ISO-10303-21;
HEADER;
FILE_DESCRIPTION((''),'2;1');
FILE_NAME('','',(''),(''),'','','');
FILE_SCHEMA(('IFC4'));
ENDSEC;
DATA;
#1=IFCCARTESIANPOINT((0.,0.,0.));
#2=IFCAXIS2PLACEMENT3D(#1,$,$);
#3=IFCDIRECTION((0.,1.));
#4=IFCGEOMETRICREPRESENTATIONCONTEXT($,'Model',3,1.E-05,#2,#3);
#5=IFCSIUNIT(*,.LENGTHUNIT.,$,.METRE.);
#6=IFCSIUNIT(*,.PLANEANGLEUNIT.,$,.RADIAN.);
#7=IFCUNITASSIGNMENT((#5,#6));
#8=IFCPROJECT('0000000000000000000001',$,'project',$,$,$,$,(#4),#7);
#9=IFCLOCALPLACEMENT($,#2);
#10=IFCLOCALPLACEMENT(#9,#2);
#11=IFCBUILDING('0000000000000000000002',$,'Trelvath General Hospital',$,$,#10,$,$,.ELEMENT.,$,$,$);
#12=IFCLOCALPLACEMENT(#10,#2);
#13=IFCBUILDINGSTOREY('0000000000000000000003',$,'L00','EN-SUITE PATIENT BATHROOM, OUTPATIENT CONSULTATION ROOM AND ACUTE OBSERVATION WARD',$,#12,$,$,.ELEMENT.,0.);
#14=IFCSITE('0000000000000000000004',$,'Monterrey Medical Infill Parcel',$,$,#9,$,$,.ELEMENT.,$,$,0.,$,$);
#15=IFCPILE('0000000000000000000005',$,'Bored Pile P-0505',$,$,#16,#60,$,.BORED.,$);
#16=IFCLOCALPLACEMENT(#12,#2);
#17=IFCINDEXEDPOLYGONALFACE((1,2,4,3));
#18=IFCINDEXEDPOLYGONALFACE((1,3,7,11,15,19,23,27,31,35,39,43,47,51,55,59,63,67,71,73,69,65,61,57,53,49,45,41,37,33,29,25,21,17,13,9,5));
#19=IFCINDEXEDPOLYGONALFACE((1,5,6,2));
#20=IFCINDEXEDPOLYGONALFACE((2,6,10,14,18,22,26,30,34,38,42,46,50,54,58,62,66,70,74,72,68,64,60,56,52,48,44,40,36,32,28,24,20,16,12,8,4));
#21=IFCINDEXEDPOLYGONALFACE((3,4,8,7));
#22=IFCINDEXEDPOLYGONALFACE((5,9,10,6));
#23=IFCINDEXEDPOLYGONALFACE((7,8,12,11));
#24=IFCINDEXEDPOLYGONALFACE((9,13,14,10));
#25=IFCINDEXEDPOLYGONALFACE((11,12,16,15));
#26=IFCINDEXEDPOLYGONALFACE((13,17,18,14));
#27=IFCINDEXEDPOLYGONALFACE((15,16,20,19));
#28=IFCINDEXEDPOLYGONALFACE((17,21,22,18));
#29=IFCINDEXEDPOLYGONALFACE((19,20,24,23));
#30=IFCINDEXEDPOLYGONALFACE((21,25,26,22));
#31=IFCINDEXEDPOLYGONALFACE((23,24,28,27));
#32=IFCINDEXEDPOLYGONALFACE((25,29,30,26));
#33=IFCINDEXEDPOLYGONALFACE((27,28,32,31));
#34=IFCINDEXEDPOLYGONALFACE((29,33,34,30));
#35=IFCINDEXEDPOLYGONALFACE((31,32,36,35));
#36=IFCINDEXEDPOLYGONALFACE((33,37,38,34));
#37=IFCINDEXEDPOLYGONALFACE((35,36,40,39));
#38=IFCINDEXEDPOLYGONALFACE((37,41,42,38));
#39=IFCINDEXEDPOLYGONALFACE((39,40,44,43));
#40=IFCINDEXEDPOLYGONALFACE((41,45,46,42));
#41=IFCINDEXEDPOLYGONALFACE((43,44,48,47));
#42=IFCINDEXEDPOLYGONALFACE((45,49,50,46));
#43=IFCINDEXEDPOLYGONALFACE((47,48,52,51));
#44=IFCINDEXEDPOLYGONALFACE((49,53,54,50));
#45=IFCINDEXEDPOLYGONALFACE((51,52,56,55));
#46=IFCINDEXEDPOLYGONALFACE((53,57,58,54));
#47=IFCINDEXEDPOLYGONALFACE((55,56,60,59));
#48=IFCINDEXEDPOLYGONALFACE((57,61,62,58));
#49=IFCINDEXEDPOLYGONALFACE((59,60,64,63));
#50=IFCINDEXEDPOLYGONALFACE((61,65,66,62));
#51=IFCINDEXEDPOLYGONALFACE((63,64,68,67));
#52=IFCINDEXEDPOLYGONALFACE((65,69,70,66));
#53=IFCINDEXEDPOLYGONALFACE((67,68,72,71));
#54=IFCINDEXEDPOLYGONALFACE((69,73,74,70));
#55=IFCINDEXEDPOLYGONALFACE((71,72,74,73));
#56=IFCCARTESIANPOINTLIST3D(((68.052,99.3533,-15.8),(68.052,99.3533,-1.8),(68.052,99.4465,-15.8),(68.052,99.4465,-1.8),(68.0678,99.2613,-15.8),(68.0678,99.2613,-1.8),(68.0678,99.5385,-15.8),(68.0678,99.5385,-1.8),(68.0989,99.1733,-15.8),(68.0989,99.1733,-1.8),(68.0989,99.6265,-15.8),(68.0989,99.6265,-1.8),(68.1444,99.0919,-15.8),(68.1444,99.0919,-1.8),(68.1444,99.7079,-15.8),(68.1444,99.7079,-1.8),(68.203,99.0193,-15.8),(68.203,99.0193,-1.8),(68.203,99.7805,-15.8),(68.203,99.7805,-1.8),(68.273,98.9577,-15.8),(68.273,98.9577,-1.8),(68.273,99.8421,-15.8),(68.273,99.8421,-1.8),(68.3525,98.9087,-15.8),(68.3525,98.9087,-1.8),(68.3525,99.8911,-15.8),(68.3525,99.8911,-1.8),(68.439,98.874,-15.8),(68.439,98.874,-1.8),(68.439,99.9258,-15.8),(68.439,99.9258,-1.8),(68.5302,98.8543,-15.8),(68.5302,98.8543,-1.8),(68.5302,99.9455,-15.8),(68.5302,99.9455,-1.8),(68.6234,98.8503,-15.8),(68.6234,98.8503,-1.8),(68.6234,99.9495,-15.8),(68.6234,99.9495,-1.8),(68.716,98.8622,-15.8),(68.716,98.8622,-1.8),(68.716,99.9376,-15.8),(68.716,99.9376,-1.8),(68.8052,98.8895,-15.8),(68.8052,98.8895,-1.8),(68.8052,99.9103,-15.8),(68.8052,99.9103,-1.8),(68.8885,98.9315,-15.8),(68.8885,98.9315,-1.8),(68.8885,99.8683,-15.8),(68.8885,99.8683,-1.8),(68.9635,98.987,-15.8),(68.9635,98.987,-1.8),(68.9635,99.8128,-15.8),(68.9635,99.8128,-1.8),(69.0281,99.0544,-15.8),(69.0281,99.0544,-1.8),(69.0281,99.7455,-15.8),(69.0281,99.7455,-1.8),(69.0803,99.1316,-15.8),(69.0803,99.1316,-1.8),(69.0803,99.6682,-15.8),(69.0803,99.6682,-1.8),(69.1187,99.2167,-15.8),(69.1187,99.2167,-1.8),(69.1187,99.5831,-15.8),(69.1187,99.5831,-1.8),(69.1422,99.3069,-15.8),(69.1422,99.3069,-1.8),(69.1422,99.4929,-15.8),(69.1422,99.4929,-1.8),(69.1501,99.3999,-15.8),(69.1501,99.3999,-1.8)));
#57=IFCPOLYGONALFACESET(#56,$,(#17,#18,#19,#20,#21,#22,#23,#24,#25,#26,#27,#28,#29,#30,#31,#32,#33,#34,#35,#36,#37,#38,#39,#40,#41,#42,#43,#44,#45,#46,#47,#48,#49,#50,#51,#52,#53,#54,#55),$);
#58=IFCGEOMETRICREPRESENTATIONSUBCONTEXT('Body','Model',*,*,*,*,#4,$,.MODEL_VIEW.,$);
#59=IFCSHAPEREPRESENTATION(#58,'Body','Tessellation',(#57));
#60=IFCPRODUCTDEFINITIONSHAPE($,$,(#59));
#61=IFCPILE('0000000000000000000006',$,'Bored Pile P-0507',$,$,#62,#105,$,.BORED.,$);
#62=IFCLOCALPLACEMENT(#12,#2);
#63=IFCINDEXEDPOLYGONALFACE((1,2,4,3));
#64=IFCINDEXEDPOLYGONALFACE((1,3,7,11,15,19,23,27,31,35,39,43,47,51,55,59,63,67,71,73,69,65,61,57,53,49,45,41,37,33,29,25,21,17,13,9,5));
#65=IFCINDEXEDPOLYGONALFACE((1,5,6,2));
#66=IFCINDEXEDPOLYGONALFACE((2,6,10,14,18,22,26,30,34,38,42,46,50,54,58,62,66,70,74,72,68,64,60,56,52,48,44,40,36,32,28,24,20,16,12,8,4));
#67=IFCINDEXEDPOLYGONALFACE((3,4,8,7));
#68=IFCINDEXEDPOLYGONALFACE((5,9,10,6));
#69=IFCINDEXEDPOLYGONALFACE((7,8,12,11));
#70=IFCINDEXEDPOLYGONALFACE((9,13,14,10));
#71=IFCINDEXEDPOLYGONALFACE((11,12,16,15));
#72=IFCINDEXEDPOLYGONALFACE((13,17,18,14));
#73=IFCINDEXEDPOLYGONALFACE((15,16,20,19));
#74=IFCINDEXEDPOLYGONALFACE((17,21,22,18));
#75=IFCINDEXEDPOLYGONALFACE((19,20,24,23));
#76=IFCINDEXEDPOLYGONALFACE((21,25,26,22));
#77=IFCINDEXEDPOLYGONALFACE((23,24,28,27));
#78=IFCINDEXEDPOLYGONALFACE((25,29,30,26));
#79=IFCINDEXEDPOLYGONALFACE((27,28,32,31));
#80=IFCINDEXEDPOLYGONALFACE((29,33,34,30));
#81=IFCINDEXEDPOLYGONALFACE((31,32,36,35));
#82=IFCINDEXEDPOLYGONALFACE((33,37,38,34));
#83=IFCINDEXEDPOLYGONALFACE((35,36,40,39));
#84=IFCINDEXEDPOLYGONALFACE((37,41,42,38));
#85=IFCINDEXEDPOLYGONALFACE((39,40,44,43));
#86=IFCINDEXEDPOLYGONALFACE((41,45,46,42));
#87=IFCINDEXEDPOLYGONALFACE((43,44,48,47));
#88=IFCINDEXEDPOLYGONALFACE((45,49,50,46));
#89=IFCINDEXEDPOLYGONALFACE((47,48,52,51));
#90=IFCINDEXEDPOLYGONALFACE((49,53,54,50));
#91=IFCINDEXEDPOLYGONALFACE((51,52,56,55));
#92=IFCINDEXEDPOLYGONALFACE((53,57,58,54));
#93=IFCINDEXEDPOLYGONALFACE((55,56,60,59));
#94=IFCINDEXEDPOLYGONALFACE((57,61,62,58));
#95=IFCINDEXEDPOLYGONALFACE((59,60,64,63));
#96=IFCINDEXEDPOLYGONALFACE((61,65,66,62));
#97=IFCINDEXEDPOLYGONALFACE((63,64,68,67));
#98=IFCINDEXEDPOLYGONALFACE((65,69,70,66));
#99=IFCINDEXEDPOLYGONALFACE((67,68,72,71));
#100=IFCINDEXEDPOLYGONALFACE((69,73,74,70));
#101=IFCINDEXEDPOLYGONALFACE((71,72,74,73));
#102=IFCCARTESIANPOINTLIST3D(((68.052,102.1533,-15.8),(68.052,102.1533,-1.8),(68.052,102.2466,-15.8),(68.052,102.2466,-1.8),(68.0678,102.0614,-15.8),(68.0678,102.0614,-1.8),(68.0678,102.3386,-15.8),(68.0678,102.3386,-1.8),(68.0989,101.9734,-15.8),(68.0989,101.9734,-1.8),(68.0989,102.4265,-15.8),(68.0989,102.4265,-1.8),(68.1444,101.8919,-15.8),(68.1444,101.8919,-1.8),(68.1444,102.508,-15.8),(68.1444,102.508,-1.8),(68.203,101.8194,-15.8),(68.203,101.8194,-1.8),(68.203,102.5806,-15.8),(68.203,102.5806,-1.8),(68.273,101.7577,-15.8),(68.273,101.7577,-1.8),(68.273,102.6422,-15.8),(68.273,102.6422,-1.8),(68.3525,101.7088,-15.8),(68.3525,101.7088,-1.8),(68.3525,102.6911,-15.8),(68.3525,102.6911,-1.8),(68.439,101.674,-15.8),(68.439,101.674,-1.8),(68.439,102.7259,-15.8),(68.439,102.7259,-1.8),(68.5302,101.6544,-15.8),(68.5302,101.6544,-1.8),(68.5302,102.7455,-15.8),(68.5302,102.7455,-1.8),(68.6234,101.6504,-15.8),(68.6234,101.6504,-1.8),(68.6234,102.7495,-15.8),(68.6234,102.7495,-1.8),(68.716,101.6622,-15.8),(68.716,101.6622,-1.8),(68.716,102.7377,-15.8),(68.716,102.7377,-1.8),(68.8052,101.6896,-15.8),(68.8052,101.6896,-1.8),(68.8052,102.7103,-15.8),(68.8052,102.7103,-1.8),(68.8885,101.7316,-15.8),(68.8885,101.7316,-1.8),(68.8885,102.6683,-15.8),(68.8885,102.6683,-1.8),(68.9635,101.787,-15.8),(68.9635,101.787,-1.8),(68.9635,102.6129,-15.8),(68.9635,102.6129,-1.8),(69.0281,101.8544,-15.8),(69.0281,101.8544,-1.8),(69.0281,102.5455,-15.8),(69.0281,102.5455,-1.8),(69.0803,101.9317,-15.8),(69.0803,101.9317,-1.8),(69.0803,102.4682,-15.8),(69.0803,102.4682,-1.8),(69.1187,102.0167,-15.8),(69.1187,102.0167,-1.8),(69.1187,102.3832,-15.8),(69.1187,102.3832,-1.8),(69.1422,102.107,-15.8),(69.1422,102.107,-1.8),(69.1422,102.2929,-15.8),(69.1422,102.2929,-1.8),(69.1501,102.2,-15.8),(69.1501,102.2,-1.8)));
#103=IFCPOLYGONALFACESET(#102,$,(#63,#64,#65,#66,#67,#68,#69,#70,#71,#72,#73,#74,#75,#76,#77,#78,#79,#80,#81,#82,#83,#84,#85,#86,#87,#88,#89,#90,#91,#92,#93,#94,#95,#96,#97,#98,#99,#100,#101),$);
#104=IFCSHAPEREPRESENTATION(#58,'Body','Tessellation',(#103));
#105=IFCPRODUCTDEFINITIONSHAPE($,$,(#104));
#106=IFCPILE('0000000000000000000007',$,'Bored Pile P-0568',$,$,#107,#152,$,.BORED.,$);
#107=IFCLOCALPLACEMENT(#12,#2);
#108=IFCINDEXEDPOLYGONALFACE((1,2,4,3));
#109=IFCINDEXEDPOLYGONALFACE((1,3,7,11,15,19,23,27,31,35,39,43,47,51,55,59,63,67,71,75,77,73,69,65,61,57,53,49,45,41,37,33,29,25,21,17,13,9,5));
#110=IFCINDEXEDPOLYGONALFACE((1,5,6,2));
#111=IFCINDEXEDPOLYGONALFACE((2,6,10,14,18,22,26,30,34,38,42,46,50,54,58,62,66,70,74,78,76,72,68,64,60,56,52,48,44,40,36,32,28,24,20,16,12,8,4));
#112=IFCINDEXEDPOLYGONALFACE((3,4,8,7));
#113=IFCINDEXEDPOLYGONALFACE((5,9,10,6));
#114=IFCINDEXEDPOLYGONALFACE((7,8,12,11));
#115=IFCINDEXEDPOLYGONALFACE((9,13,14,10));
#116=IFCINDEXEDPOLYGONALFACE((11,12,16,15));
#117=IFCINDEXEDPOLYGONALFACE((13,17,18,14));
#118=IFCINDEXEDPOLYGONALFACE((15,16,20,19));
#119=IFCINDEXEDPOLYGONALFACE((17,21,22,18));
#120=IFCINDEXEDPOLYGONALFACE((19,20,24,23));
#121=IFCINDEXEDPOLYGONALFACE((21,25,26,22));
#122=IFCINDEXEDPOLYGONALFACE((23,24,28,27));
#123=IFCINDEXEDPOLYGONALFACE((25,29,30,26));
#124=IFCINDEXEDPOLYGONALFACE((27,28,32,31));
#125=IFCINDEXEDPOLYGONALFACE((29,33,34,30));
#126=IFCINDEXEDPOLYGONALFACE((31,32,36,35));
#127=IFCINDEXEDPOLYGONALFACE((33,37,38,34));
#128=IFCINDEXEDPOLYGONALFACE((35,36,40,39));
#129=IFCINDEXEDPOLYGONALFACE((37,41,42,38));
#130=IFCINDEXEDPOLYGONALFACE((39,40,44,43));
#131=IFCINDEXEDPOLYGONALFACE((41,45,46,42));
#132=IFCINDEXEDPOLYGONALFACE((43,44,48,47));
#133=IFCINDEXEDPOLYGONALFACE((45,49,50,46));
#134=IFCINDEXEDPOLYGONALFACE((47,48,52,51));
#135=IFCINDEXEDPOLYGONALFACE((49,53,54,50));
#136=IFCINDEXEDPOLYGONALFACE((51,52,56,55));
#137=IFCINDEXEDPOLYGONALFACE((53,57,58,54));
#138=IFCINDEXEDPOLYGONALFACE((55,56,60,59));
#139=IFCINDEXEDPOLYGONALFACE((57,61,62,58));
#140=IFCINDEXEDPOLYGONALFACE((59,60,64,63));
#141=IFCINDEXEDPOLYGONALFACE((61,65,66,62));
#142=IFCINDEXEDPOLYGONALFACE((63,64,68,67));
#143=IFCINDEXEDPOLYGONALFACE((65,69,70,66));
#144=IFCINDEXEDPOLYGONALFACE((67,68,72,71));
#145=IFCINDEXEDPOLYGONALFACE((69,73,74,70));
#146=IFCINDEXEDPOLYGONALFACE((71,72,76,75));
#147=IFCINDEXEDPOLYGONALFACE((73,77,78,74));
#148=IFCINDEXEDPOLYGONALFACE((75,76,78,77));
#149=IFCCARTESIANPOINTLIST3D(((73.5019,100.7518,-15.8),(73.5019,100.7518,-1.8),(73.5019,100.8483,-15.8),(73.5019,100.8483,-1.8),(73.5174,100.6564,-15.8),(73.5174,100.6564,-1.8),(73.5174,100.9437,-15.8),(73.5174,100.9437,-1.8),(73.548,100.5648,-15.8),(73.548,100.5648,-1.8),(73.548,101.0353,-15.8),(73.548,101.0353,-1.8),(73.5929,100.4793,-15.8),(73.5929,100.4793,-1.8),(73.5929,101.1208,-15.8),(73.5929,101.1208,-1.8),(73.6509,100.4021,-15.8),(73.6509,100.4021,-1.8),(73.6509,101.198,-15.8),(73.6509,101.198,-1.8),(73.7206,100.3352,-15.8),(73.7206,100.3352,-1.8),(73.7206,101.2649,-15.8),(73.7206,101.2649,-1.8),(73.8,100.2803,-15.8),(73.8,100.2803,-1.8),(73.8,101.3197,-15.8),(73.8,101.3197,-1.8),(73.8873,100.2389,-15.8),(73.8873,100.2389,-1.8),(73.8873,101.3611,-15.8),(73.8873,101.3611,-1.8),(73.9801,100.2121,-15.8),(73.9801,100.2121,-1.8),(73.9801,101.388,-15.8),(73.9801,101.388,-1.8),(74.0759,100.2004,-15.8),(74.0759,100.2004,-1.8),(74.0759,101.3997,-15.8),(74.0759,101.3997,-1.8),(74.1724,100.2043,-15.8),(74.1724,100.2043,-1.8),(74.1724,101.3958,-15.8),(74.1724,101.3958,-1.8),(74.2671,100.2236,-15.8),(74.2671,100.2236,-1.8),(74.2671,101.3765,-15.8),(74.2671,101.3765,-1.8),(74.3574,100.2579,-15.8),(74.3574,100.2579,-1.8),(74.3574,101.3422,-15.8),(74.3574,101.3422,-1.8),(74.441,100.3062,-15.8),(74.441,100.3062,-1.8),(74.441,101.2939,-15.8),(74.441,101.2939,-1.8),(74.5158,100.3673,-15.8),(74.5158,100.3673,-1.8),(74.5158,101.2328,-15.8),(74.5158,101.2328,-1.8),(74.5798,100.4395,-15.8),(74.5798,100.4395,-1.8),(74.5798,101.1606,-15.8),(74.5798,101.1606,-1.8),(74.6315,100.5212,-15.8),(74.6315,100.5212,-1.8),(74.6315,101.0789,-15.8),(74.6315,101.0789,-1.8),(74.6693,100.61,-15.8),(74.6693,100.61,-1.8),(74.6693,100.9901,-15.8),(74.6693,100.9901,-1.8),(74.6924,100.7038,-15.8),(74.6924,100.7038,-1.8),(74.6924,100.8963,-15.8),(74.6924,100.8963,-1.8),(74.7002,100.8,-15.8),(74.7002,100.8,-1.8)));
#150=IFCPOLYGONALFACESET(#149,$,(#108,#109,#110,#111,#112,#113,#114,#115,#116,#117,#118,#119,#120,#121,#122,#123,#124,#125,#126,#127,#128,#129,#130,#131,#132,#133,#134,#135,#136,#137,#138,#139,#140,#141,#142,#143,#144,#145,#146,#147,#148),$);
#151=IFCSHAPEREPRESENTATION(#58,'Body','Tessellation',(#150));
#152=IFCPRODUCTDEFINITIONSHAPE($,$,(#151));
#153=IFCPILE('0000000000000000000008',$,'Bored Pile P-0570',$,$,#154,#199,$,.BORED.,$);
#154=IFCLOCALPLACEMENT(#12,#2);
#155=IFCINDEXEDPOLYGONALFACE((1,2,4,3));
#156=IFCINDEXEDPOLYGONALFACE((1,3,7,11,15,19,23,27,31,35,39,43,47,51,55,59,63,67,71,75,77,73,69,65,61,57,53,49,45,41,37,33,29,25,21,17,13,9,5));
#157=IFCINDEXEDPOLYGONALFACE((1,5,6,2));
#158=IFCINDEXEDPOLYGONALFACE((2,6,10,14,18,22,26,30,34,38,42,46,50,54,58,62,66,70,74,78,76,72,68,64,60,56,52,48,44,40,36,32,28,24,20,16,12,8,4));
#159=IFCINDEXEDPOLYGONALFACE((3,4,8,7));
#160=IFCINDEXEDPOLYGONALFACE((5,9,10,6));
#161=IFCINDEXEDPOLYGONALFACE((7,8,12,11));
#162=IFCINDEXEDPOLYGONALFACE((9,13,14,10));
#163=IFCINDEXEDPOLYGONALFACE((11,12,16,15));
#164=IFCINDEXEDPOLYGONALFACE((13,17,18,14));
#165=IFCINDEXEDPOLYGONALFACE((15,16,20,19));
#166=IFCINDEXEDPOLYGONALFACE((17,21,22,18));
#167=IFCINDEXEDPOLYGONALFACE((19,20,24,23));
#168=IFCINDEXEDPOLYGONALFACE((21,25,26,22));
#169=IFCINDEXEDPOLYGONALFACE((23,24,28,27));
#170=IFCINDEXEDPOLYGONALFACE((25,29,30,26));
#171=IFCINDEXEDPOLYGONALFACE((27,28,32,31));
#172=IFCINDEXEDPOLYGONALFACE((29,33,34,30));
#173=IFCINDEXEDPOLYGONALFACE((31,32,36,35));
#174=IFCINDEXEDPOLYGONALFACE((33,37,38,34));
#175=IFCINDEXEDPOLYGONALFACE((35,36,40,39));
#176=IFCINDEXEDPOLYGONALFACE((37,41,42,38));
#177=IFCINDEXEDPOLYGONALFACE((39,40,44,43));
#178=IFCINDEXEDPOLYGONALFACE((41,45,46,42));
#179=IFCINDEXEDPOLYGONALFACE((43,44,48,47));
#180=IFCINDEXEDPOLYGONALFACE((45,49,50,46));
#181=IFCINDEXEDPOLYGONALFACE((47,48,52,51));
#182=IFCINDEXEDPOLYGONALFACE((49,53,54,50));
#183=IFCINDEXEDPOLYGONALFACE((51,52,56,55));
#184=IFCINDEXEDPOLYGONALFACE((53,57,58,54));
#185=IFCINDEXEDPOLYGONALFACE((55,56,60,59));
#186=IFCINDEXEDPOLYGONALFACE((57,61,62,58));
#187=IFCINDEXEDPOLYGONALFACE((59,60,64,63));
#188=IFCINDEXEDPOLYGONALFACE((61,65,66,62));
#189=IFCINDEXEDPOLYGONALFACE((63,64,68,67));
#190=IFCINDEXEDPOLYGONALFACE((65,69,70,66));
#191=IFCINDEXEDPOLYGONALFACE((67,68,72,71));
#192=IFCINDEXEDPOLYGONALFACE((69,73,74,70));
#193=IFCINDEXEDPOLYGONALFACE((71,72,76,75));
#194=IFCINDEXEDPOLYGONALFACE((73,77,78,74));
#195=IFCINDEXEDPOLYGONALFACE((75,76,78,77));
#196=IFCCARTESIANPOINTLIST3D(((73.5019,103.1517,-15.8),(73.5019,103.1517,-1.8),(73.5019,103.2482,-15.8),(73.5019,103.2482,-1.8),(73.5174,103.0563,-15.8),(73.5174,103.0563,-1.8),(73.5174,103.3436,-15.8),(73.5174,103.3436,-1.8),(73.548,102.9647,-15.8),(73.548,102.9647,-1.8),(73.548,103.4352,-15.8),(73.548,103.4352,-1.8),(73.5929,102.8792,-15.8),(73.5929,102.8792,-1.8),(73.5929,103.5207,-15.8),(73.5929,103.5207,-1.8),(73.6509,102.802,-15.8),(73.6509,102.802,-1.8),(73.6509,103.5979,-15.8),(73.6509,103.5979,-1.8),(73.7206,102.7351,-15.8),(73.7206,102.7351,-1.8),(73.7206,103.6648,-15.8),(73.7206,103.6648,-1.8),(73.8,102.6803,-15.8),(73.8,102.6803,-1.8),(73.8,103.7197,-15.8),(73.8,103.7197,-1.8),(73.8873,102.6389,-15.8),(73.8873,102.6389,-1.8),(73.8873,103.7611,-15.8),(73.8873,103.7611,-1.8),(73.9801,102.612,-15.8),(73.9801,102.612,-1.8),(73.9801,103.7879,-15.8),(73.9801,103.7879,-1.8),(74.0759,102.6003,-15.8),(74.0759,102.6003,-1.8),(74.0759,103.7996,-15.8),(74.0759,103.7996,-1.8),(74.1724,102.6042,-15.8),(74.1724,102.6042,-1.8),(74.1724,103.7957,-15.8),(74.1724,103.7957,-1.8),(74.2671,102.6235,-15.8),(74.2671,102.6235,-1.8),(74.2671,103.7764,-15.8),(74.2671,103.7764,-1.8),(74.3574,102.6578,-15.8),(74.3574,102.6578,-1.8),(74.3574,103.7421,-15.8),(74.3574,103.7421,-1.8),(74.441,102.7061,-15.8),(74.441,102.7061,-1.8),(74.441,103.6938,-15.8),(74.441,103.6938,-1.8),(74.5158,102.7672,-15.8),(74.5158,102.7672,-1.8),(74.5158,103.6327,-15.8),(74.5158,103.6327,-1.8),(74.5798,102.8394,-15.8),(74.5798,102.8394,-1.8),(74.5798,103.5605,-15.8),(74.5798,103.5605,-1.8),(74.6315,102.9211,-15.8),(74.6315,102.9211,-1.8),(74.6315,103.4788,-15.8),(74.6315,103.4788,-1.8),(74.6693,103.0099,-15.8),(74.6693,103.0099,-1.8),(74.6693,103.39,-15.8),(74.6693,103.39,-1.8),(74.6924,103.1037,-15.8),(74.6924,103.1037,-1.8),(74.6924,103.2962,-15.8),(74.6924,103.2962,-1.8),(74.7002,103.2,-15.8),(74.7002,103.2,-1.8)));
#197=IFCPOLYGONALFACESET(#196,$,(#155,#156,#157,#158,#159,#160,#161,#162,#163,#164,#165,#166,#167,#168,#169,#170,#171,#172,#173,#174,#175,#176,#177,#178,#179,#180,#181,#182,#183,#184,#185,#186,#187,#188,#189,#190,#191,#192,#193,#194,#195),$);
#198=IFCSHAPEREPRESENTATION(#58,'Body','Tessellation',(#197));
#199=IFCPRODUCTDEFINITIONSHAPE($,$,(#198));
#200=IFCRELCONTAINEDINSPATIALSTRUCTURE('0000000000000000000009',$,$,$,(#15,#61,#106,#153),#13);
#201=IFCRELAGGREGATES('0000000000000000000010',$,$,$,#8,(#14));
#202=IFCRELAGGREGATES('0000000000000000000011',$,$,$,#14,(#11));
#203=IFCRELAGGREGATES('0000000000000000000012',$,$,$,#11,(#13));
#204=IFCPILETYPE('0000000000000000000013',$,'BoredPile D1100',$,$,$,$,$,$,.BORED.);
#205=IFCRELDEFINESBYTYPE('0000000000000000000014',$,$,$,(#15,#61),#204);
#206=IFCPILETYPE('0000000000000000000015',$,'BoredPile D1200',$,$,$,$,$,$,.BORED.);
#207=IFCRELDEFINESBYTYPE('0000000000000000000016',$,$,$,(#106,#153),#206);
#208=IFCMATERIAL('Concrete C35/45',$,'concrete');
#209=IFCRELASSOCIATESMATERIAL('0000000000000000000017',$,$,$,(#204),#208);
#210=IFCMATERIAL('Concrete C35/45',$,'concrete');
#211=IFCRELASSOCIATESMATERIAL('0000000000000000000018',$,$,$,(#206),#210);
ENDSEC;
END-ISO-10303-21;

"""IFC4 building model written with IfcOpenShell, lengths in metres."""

from ifc_helpers import new_model, si_unit, direction, frame, origin, origin_2d, place, context, subcontext, project, spatial, circle, extrude, material, material_profile, profile_set, type_object, element, save


model = new_model("IFC4")

# Units and contexts
model_context = context("Model", 3, precision=1e-05, world=origin(), true_north=direction((0.0, 1.0)))
body_context = subcontext(model_context, "Body", "Model", "MODEL_VIEW")
ifc_project = project(units=[si_unit("LENGTHUNIT", "METRE"), si_unit("PLANEANGLEUNIT", "RADIAN")], contexts=[model_context])

# Site, building, storey
site_placement = place(None, origin())
site = spatial("IfcSite", under=ifc_project, at=site_placement, Name="Monterrey Medical Infill Parcel", CompositionType="ELEMENT", RefElevation=0.0)
building_placement = place(site_placement, origin())
building = spatial("IfcBuilding", under=site, at=building_placement, Name="Trelvath General Hospital", CompositionType="ELEMENT")
storey_placement = place(building_placement, origin())
storey = spatial("IfcBuildingStorey", under=building, at=storey_placement, Name="L00", Description="EN-SUITE PATIENT BATHROOM, OUTPATIENT CONSULTATION ROOM AND ACUTE OBSERVATION WARD", CompositionType="ELEMENT", Elevation=0.0)

# Piles
ifc_material_1 = material(Name="Concrete C35/45", Category="concrete")
ifc_material_profile_1 = material_profile(ifc_material_1, circle(Radius=0.55, at=origin_2d()), Name="PILE1100")
ifc_profile_set_1 = profile_set([ifc_material_profile_1], Name="Concrete C35/45")
pile_type_1 = type_object("IfcPileType", Name="BoredPile D1100", PredefinedType="BORED", material=ifc_profile_set_1)
for number, where, z_axis, x_axis, name in (
    (1, (68.6001, 99.3999, -1.8), (0.0, 0.0, -1.0), (1.0, 0.0, 0.0), "Bored Pile P-0505"),
    (2, (68.6001, 102.2, -1.8), (0.0, 0.0, -1.0), (1.0, 0.0, 0.0), "Bored Pile P-0507"),
):
    element("IfcPile", number, at=place(storey_placement, frame(where, z_axis=z_axis, x_axis=x_axis)), inside=storey, type_object=pile_type_1, Name=name, PredefinedType="BORED", context=body_context, shape_type="SweptSolid", body=[
        extrude(circle(Radius=0.55, at=origin_2d()), origin(), (0.0, 0.0, 1.0), 14.0),
    ])
ifc_material_2 = material(Name="Concrete C35/45", Category="concrete")
ifc_material_profile_2 = material_profile(ifc_material_2, circle(Radius=0.6001, at=origin_2d()), Name="PILE1200")
ifc_profile_set_2 = profile_set([ifc_material_profile_2], Name="Concrete C35/45")
pile_type_2 = type_object("IfcPileType", Name="BoredPile D1200", PredefinedType="BORED", material=ifc_profile_set_2)
for number, where, z_axis, x_axis, name in (
    (3, (74.1001, 100.8, -1.8), (0.0, 0.0, -1.0), (1.0, 0.0, 0.0), "Bored Pile P-0568"),
    (4, (74.1001, 103.2, -1.8), (0.0, 0.0, -1.0), (1.0, 0.0, 0.0), "Bored Pile P-0570"),
):
    element("IfcPile", number, at=place(storey_placement, frame(where, z_axis=z_axis, x_axis=x_axis)), inside=storey, type_object=pile_type_2, Name=name, PredefinedType="BORED", context=body_context, shape_type="SweptSolid", body=[
        extrude(circle(Radius=0.6001, at=origin_2d()), origin(), (0.0, 0.0, 1.0), 14.0),
    ])

save(model, "model.ifc")
